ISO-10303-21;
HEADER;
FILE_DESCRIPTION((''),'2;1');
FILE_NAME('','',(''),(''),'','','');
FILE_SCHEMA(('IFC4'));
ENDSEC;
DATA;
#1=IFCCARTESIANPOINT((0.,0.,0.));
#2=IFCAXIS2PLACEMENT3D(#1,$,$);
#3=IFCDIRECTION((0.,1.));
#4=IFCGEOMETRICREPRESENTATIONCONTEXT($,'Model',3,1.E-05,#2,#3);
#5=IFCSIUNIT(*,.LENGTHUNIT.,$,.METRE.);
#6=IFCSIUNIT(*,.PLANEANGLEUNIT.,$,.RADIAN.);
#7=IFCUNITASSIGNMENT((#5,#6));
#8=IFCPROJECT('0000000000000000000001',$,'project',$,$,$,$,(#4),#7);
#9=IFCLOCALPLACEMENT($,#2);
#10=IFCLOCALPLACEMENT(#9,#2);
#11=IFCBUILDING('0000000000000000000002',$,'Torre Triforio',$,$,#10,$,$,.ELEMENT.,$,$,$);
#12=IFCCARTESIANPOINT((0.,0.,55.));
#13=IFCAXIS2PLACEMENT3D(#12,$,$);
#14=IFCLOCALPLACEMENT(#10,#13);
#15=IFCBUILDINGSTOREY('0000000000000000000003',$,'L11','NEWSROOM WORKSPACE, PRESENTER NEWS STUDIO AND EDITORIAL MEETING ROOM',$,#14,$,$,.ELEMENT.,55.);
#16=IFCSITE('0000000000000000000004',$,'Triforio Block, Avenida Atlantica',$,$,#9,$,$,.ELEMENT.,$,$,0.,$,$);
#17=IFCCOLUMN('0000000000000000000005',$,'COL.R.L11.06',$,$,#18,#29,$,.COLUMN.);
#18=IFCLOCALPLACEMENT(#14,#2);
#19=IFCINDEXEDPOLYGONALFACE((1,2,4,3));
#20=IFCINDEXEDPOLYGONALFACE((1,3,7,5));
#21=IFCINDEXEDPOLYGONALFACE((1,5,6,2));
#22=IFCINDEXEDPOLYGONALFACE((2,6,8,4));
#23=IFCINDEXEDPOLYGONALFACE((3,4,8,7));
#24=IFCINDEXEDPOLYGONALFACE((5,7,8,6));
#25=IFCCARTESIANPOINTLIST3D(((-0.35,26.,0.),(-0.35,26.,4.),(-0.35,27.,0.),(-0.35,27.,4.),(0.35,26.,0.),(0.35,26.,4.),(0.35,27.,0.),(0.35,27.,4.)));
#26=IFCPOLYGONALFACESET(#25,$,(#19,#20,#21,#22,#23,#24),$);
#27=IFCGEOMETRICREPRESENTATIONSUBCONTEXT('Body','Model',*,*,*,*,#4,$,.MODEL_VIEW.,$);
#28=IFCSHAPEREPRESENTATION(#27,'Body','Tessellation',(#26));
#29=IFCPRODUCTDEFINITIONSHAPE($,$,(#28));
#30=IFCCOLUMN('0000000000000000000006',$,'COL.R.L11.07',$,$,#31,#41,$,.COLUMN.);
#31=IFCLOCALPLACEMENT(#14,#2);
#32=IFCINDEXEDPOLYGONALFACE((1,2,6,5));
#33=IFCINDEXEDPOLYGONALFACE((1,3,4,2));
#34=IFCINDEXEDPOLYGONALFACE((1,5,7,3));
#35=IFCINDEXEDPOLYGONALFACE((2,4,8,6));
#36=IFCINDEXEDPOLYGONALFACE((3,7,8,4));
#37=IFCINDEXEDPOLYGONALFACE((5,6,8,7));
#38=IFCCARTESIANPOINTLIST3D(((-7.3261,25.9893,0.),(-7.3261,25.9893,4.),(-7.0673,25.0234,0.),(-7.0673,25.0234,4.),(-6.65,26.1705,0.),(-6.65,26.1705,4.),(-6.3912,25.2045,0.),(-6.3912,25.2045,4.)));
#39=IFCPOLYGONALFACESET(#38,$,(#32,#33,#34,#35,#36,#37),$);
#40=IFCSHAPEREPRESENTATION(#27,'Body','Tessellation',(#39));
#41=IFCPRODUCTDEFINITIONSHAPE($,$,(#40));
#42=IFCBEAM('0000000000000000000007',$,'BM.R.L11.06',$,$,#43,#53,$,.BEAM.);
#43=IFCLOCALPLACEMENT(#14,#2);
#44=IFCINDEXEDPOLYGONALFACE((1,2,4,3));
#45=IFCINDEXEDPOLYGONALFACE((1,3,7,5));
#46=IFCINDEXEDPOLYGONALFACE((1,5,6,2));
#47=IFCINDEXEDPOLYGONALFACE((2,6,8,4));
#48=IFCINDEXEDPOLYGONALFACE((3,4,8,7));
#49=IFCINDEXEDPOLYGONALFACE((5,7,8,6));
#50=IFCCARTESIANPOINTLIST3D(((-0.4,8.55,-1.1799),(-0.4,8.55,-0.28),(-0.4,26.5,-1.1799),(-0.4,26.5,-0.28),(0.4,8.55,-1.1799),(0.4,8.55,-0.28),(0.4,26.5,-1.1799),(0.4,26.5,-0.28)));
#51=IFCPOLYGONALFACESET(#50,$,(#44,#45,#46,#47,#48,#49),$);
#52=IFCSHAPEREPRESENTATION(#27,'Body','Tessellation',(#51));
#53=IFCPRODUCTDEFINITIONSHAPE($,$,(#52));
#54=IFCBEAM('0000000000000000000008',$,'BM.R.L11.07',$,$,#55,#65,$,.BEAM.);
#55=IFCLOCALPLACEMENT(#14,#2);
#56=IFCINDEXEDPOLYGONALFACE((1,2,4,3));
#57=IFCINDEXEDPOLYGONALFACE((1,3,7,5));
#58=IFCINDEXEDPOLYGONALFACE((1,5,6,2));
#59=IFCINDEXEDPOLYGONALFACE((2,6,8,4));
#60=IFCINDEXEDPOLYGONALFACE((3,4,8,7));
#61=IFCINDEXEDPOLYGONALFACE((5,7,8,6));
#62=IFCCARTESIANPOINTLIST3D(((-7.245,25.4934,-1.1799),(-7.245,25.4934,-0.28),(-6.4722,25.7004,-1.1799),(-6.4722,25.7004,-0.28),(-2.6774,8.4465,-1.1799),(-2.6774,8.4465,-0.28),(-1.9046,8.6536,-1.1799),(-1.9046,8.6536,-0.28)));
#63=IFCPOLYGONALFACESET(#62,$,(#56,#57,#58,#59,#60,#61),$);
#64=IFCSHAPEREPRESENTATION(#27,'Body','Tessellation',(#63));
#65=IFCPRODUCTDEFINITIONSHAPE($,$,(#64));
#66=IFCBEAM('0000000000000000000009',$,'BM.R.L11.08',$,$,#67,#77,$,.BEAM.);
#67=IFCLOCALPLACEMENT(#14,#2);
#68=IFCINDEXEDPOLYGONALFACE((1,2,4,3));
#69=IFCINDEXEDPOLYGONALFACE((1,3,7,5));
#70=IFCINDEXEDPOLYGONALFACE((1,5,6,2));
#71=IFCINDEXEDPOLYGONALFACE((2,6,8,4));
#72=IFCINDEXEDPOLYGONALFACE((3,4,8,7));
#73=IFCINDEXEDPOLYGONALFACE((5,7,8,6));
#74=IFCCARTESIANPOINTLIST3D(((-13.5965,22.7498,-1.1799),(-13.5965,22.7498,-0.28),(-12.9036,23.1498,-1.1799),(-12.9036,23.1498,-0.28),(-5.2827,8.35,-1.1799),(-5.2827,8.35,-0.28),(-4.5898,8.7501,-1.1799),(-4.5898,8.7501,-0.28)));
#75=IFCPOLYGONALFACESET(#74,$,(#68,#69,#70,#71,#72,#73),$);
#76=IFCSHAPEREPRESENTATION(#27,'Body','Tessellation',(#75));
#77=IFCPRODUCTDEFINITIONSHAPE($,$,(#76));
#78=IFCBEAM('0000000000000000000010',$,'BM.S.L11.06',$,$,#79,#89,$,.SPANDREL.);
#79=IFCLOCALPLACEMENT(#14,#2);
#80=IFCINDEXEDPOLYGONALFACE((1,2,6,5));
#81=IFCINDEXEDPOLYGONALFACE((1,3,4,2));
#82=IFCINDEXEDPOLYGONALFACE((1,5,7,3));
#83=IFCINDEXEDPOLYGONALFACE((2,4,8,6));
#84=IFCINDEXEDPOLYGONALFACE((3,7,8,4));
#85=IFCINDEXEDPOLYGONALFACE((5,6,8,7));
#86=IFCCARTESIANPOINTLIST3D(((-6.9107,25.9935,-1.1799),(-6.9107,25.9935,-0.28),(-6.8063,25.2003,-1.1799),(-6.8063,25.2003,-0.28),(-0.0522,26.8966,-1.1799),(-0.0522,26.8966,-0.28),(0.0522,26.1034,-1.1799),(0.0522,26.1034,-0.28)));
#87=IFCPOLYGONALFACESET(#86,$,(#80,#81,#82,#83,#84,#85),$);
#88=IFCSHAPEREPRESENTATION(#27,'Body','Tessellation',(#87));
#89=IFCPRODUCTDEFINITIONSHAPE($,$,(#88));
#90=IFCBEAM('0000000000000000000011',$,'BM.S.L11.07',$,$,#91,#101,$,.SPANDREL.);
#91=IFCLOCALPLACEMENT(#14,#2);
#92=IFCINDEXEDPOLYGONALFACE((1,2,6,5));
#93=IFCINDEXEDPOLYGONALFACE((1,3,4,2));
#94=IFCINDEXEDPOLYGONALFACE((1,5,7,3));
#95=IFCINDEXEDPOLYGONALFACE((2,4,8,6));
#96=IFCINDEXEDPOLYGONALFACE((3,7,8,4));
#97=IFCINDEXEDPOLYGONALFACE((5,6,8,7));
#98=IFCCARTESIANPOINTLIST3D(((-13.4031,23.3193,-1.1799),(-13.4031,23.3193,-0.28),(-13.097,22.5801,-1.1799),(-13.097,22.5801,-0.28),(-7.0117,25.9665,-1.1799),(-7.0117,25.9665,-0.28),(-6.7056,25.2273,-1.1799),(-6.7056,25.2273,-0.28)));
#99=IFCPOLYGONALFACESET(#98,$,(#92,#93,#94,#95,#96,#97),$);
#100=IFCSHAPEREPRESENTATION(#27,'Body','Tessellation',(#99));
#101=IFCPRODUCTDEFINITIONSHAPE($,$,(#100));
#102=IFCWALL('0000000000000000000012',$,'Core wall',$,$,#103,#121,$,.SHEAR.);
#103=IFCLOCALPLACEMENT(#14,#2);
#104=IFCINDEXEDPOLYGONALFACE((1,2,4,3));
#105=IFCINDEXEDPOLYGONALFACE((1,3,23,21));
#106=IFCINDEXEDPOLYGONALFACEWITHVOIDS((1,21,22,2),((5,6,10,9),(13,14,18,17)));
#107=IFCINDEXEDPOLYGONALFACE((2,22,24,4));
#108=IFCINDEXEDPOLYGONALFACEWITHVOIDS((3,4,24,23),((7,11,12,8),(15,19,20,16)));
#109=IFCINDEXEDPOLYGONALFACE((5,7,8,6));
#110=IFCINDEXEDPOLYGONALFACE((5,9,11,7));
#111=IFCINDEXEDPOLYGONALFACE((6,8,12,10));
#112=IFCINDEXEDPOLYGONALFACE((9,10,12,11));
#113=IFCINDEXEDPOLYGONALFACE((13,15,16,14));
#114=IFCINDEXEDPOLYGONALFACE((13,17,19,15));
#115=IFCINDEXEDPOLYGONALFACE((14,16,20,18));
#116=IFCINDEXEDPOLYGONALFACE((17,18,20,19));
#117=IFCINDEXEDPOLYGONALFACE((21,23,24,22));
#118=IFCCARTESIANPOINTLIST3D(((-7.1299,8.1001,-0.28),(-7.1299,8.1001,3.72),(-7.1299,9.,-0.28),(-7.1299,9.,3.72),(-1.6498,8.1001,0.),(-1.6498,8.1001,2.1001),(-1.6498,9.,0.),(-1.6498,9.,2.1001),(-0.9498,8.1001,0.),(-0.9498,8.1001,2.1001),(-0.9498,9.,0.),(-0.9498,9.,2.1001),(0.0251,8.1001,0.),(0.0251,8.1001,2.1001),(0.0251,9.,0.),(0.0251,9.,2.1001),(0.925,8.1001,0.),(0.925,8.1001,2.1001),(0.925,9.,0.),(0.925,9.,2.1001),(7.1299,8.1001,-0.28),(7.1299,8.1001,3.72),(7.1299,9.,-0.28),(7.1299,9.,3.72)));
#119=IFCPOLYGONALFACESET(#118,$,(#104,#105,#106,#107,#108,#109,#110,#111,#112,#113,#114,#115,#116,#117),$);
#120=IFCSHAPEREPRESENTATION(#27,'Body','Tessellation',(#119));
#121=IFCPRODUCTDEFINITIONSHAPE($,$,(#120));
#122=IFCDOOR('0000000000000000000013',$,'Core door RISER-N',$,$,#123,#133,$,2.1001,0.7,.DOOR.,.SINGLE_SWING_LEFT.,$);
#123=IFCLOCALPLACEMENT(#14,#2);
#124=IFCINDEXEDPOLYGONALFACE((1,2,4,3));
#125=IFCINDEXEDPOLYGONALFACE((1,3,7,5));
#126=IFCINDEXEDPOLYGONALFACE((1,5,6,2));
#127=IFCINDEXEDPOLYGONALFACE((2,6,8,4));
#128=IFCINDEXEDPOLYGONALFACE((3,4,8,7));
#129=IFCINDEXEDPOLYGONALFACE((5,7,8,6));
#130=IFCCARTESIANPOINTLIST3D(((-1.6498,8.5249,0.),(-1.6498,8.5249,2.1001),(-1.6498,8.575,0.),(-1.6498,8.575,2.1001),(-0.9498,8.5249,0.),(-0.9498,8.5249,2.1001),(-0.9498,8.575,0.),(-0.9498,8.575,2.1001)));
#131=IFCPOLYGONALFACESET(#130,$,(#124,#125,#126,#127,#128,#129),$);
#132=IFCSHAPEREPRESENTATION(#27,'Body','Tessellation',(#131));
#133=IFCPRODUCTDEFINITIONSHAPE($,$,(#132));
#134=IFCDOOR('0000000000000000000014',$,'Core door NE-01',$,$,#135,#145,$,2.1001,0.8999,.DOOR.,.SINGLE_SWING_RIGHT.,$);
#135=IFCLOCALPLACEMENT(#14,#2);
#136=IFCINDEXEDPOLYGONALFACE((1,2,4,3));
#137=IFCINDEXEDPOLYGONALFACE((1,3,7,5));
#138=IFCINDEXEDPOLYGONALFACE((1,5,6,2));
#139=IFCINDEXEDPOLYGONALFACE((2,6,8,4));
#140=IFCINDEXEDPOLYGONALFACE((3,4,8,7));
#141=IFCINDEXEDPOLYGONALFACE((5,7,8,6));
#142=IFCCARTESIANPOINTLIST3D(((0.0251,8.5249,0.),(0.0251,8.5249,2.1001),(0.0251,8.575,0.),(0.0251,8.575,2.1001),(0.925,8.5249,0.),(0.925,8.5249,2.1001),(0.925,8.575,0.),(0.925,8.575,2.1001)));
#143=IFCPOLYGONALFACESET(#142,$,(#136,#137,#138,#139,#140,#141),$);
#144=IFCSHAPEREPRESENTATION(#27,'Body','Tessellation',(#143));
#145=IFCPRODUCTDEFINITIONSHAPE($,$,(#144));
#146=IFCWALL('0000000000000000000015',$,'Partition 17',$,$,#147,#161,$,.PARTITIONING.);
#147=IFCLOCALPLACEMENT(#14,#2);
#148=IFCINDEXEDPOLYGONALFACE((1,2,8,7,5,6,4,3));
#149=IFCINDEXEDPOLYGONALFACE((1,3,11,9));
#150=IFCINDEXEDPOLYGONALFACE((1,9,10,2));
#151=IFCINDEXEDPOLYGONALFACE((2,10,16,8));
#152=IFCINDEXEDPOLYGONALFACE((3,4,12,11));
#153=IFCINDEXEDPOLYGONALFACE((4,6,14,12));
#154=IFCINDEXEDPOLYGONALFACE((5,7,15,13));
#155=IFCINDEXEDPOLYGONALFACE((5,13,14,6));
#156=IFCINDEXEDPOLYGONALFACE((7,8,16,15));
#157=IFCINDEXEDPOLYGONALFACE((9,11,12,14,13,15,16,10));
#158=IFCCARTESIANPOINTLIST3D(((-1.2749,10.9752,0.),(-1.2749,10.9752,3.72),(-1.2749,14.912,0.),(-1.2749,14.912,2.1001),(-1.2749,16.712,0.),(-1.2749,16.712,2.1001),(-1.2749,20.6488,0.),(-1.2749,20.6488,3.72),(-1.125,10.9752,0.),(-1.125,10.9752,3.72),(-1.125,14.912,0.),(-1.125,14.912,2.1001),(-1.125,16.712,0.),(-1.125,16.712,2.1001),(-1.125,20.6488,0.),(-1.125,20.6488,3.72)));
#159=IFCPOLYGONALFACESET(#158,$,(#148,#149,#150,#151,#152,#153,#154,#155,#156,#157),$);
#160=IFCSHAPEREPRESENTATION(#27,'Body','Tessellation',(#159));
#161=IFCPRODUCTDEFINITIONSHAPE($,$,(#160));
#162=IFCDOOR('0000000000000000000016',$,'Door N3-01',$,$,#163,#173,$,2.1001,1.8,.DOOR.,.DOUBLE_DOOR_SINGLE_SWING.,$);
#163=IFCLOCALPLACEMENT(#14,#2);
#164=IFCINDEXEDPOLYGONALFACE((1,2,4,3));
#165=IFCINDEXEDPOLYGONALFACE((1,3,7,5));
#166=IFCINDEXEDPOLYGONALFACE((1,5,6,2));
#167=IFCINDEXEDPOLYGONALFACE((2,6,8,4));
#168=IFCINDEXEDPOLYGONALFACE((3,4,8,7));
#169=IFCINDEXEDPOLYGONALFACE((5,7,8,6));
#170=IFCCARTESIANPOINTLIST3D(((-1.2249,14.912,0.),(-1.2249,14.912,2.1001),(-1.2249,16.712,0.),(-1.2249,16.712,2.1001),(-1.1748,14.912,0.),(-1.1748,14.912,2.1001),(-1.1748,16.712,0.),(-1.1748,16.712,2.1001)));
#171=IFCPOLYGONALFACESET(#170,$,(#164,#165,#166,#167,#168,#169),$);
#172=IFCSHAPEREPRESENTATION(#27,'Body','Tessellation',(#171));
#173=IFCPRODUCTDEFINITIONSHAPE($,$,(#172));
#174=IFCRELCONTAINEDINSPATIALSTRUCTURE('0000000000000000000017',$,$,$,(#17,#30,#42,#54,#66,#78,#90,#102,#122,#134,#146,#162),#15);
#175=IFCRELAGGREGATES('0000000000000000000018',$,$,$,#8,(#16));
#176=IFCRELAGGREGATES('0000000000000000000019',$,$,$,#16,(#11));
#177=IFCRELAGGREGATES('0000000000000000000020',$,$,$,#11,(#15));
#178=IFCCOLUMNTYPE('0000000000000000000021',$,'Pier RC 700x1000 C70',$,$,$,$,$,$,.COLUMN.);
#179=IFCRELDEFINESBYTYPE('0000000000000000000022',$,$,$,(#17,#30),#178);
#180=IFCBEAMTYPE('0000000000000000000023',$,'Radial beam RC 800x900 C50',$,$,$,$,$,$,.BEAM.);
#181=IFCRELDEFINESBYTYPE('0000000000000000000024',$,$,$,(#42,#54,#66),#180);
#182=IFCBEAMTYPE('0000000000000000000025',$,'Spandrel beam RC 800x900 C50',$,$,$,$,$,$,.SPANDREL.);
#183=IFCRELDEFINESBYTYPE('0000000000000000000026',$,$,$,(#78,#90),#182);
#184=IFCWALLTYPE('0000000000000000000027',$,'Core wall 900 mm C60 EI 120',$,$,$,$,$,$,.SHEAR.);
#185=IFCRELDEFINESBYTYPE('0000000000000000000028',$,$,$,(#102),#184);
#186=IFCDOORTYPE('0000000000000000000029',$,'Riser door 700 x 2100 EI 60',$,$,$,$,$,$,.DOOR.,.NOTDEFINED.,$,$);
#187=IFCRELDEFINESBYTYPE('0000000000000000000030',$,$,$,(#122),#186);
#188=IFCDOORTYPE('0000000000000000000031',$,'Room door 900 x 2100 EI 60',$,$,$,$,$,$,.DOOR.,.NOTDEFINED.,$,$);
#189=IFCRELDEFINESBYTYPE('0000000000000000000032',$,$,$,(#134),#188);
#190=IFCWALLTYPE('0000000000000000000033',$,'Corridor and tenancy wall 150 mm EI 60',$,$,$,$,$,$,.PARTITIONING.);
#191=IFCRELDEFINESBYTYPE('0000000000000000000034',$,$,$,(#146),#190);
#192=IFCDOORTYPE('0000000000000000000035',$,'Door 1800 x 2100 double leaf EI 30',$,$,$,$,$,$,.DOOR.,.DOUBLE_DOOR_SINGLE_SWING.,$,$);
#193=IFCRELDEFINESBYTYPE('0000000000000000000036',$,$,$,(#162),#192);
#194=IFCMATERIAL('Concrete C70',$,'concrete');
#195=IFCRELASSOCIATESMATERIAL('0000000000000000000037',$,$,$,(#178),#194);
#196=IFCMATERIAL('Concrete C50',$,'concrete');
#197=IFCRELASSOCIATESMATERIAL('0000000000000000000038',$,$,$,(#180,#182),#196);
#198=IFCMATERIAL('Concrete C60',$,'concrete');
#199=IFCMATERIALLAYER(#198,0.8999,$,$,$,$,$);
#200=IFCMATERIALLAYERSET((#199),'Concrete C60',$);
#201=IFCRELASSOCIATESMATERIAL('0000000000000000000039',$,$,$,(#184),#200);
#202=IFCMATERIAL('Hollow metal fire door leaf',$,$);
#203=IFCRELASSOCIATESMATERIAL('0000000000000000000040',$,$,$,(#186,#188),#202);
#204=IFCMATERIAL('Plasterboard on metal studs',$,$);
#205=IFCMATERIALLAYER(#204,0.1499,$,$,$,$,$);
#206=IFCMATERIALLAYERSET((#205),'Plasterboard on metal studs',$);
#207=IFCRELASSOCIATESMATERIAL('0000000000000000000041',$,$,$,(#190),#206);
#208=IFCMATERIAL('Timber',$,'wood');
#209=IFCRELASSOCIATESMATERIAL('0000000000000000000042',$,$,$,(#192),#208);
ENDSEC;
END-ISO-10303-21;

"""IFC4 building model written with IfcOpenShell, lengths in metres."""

from ifc_helpers import new_model, si_unit, direction, frame, frame_2d, origin, origin_2d, place, context, subcontext, project, spatial, rectangle, extrude, material, layer, layer_set, material_profile, profile_set, type_object, element, fill, save


model = new_model("IFC4")

# Units and contexts
model_context = context("Model", 3, precision=1e-05, world=origin(), true_north=direction((0.0, 1.0)))
body_context = subcontext(model_context, "Body", "Model", "MODEL_VIEW")
ifc_project = project(units=[si_unit("LENGTHUNIT", "METRE"), si_unit("PLANEANGLEUNIT", "RADIAN")], contexts=[model_context])

# Site, building, storey
site_placement = place(None, origin())
site = spatial("IfcSite", under=ifc_project, at=site_placement, Name="Triforio Block, Avenida Atlantica", CompositionType="ELEMENT", RefElevation=0.0)
building_placement = place(site_placement, origin())
building = spatial("IfcBuilding", under=site, at=building_placement, Name="Torre Triforio", CompositionType="ELEMENT")
storey_placement = place(building_placement, frame((0.0, 0.0, 55.0)))
storey = spatial("IfcBuildingStorey", under=building, at=storey_placement, Name="L11", Description="NEWSROOM WORKSPACE, PRESENTER NEWS STUDIO AND EDITORIAL MEETING ROOM", CompositionType="ELEMENT", Elevation=55.0)

# Columns
ifc_material_1 = material(Name="Concrete C70", Category="concrete")
ifc_material_profile_1 = material_profile(ifc_material_1, rectangle(XDim=0.7, YDim=1.0, at=origin_2d()), Name="RC 700x1000")
ifc_profile_set_1 = profile_set([ifc_material_profile_1], Name="Concrete C70")
column_type = type_object("IfcColumnType", Name="Pier RC 700x1000 C70", PredefinedType="COLUMN", material=ifc_profile_set_1)
for number, where, z_axis, x_axis, name in (
    (1, (0.0, 26.5, 0.0), (0.0, 0.0, 1.0), (-1.0, 0.0, 0.0), "COL.R.L11.06"),
    (2, (-6.8586, 25.5969, 0.0), (0.0, 0.0, 1.0), (-0.965926, -0.258819, 0.0), "COL.R.L11.07"),
):
    element("IfcColumn", number, at=place(storey_placement, frame(where, z_axis=z_axis, x_axis=x_axis)), inside=storey, type_object=column_type, Name=name, PredefinedType="COLUMN", context=body_context, shape_type="SweptSolid", body=[
        extrude(rectangle(XDim=0.7, YDim=1.0, at=origin_2d()), origin(), (0.0, 0.0, 1.0), 4.0),
    ])

# Beams
ifc_material_2 = material(Name="Concrete C50", Category="concrete")
ifc_material_profile_2 = material_profile(ifc_material_2, rectangle(XDim=0.8, YDim=0.8999, at=origin_2d()), Name="RC 800x900")
ifc_profile_set_2 = profile_set([ifc_material_profile_2], Name="Concrete C50")
beam_type_1 = type_object("IfcBeamType", Name="Radial beam RC 800x900 C50", PredefinedType="BEAM", material=ifc_profile_set_2)
beam_1_placement = place(storey_placement, frame((0.0, 8.55, -0.73), z_axis=(0.0, 1.0, 0.0), x_axis=(-1.0, 0.0, 0.0)))
element("IfcBeam", 3, at=beam_1_placement, inside=storey, type_object=beam_type_1, Name="BM.R.L11.06", PredefinedType="BEAM", context=body_context, shape_type="SweptSolid", body=[
    extrude(rectangle(XDim=0.8, YDim=0.8999, at=origin_2d()), origin(), (0.0, 0.0, 1.0), 17.95),
])
beam_2_placement = place(storey_placement, frame((-2.291, 8.55, -0.73), z_axis=(-0.258815, 0.965927, 0.0), x_axis=(-0.965927, -0.258815, 0.0)))
element("IfcBeam", 4, at=beam_2_placement, inside=storey, type_object=beam_type_1, Name="BM.R.L11.07", PredefinedType="BEAM", context=body_context, shape_type="SweptSolid", body=[
    extrude(rectangle(XDim=0.8, YDim=0.8999, at=origin_2d()), origin(), (0.0, 0.0, 1.0), 17.6482),
])
beam_3_placement = place(storey_placement, frame((-4.9363, 8.55, -0.73), z_axis=(-0.500003, 0.866023, 0.0), x_axis=(-0.866023, -0.500003, 0.0)))
element("IfcBeam", 5, at=beam_3_placement, inside=storey, type_object=beam_type_1, Name="BM.R.L11.08", PredefinedType="BEAM", context=body_context, shape_type="SweptSolid", body=[
    extrude(rectangle(XDim=0.8, YDim=0.8999, at=origin_2d()), origin(), (0.0, 0.0, 1.0), 16.6274),
])
ifc_material_profile_3 = material_profile(ifc_material_2, rectangle(XDim=0.8, YDim=0.8999, at=origin_2d()), Name="RC 800x900")
ifc_profile_set_3 = profile_set([ifc_material_profile_3], Name="Concrete C50")
beam_type_2 = type_object("IfcBeamType", Name="Spandrel beam RC 800x900 C50", PredefinedType="SPANDREL", material=ifc_profile_set_3)
beam_4_placement = place(storey_placement, frame((0.0, 26.5, -0.73), z_axis=(-0.991443, -0.130543, 0.0), x_axis=(0.130543, -0.991443, 0.0)))
element("IfcBeam", 6, at=beam_4_placement, inside=storey, type_object=beam_type_2, Name="BM.S.L11.06", PredefinedType="SPANDREL", context=body_context, shape_type="SweptSolid", body=[
    extrude(rectangle(XDim=0.8, YDim=0.8999, at=origin_2d()), origin(), (0.0, 0.0, 1.0), 6.9177),
])
beam_5_placement = place(storey_placement, frame((-6.8586, 25.5969, -0.73), z_axis=(-0.923888, -0.382662, 0.0), x_axis=(0.382662, -0.923888, 0.0)))
element("IfcBeam", 7, at=beam_5_placement, inside=storey, type_object=beam_type_2, Name="BM.S.L11.07", PredefinedType="SPANDREL", context=body_context, shape_type="SweptSolid", body=[
    extrude(rectangle(XDim=0.8, YDim=0.8999, at=origin_2d()), origin(), (0.0, 0.0, 1.0), 6.918),
])

# Wall, openings, doors
ifc_material_3 = material(Name="Concrete C60", Category="concrete")
ifc_layer_1 = layer(ifc_material_3, 0.8999)
ifc_layer_set_1 = layer_set([ifc_layer_1], Name="Concrete C60")
wall_type_1 = type_object("IfcWallType", Name="Core wall 900 mm C60 EI 120", PredefinedType="SHEAR", material=ifc_layer_set_1)
wall_1_placement = place(storey_placement, frame((-7.1299, 8.55, -0.28), z_axis=(0.0, 0.0, 1.0), x_axis=(1.0, 0.0, 0.0)))
wall_1 = element("IfcWall", 8, at=wall_1_placement, inside=storey, type_object=wall_type_1, Name="Core wall", PredefinedType="SHEAR", context=body_context, shape_type="SweptSolid", body=[
    extrude(rectangle(XDim=14.2598, YDim=0.8999, at=frame_2d((7.1299, 0.0))), origin(), (0.0, 0.0, 1.0), 4.0),
])
opening_1_placement = place(wall_1_placement, frame((5.48, 0.0, 0.28)))
opening_1 = element("IfcOpeningElement", 9, at=opening_1_placement, cuts=wall_1, PredefinedType="OPENING", context=body_context, shape_type="SweptSolid", body=[
    extrude(rectangle(XDim=0.7, YDim=2.1001, at=frame_2d((0.3501, 1.05))), frame((0.0, 0.46, 0.0), z_axis=(0.0, -1.0, 0.0), x_axis=(1.0, 0.0, 0.0)), (0.0, 0.0, 1.0), 0.9199),
])
opening_2_placement = place(wall_1_placement, frame((7.155, 0.0, 0.28)))
opening_2 = element("IfcOpeningElement", 10, at=opening_2_placement, cuts=wall_1, PredefinedType="OPENING", context=body_context, shape_type="SweptSolid", body=[
    extrude(rectangle(XDim=0.8999, YDim=2.1001, at=frame_2d((0.45, 1.05))), frame((0.0, 0.46, 0.0), z_axis=(0.0, -1.0, 0.0), x_axis=(1.0, 0.0, 0.0)), (0.0, 0.0, 1.0), 0.9199),
])
ifc_material_4 = material(Name="Hollow metal fire door leaf")
door_type_1 = type_object("IfcDoorType", Name="Riser door 700 x 2100 EI 60", OperationType="NOTDEFINED", PredefinedType="DOOR", material=ifc_material_4)
door_1_placement = place(opening_1_placement, origin())
door_1 = element("IfcDoor", 11, at=door_1_placement, inside=storey, type_object=door_type_1, Name="Core door RISER-N", OperationType="SINGLE_SWING_LEFT", OverallHeight=2.1001, OverallWidth=0.7, PredefinedType="DOOR", context=body_context, shape_type="SweptSolid", body=[
    extrude(rectangle(XDim=0.7, YDim=2.1001, at=frame_2d((0.3501, 1.05))), frame((0.0, 0.0249, 0.0), z_axis=(0.0, -1.0, 0.0), x_axis=(1.0, 0.0, 0.0)), (0.0, 0.0, 1.0), 0.05),
])
fill(opening_1, door_1)
door_type_2 = type_object("IfcDoorType", Name="Room door 900 x 2100 EI 60", OperationType="NOTDEFINED", PredefinedType="DOOR", material=ifc_material_4)
door_2_placement = place(opening_2_placement, origin())
door_2 = element("IfcDoor", 12, at=door_2_placement, inside=storey, type_object=door_type_2, Name="Core door NE-01", OperationType="SINGLE_SWING_RIGHT", OverallHeight=2.1001, OverallWidth=0.8999, PredefinedType="DOOR", context=body_context, shape_type="SweptSolid", body=[
    extrude(rectangle(XDim=0.8999, YDim=2.1001, at=frame_2d((0.45, 1.05))), frame((0.0, 0.0249, 0.0), z_axis=(0.0, -1.0, 0.0), x_axis=(1.0, 0.0, 0.0)), (0.0, 0.0, 1.0), 0.05),
])
fill(opening_2, door_2)

# Wall, opening, door
ifc_material_5 = material(Name="Plasterboard on metal studs")
ifc_layer_2 = layer(ifc_material_5, 0.1499)
ifc_layer_set_2 = layer_set([ifc_layer_2], Name="Plasterboard on metal studs")
wall_type_2 = type_object("IfcWallType", Name="Corridor and tenancy wall 150 mm EI 60", PredefinedType="PARTITIONING", material=ifc_layer_set_2)
wall_2_placement = place(storey_placement, frame((-1.2, 10.9751, 0.0), z_axis=(0.0, 0.0, 1.0), x_axis=(0.0, 1.0, 0.0)))
wall_2 = element("IfcWall", 13, at=wall_2_placement, inside=storey, type_object=wall_type_2, Name="Partition 17", PredefinedType="PARTITIONING", context=body_context, shape_type="SweptSolid", body=[
    extrude(rectangle(XDim=9.6736, YDim=0.1499, at=frame_2d((4.8369, 0.0))), origin(), (0.0, 0.0, 1.0), 3.72),
])
opening_3_placement = place(wall_2_placement, frame((3.937, 0.0, 0.0)))
opening_3 = element("IfcOpeningElement", 14, at=opening_3_placement, cuts=wall_2, PredefinedType="OPENING", context=body_context, shape_type="SweptSolid", body=[
    extrude(rectangle(XDim=1.8, YDim=2.1001, at=frame_2d((0.8999, 1.05))), frame((0.0, 0.085, 0.0), z_axis=(0.0, -1.0, 0.0), x_axis=(1.0, 0.0, 0.0)), (0.0, 0.0, 1.0), 0.1699),
])
ifc_material_6 = material(Name="Timber", Category="wood")
door_type_3 = type_object("IfcDoorType", Name="Door 1800 x 2100 double leaf EI 30", OperationType="DOUBLE_DOOR_SINGLE_SWING", PredefinedType="DOOR", material=ifc_material_6)
door_3_placement = place(opening_3_placement, origin())
door_3 = element("IfcDoor", 15, at=door_3_placement, inside=storey, type_object=door_type_3, Name="Door N3-01", OperationType="DOUBLE_DOOR_SINGLE_SWING", OverallHeight=2.1001, OverallWidth=1.8, PredefinedType="DOOR", context=body_context, shape_type="SweptSolid", body=[
    extrude(rectangle(XDim=1.8, YDim=2.1001, at=frame_2d((0.8999, 1.05))), frame((0.0, 0.0249, 0.0), z_axis=(0.0, -1.0, 0.0), x_axis=(1.0, 0.0, 0.0)), (0.0, 0.0, 1.0), 0.05),
])
fill(opening_3, door_3)

save(model, "model.ifc")
